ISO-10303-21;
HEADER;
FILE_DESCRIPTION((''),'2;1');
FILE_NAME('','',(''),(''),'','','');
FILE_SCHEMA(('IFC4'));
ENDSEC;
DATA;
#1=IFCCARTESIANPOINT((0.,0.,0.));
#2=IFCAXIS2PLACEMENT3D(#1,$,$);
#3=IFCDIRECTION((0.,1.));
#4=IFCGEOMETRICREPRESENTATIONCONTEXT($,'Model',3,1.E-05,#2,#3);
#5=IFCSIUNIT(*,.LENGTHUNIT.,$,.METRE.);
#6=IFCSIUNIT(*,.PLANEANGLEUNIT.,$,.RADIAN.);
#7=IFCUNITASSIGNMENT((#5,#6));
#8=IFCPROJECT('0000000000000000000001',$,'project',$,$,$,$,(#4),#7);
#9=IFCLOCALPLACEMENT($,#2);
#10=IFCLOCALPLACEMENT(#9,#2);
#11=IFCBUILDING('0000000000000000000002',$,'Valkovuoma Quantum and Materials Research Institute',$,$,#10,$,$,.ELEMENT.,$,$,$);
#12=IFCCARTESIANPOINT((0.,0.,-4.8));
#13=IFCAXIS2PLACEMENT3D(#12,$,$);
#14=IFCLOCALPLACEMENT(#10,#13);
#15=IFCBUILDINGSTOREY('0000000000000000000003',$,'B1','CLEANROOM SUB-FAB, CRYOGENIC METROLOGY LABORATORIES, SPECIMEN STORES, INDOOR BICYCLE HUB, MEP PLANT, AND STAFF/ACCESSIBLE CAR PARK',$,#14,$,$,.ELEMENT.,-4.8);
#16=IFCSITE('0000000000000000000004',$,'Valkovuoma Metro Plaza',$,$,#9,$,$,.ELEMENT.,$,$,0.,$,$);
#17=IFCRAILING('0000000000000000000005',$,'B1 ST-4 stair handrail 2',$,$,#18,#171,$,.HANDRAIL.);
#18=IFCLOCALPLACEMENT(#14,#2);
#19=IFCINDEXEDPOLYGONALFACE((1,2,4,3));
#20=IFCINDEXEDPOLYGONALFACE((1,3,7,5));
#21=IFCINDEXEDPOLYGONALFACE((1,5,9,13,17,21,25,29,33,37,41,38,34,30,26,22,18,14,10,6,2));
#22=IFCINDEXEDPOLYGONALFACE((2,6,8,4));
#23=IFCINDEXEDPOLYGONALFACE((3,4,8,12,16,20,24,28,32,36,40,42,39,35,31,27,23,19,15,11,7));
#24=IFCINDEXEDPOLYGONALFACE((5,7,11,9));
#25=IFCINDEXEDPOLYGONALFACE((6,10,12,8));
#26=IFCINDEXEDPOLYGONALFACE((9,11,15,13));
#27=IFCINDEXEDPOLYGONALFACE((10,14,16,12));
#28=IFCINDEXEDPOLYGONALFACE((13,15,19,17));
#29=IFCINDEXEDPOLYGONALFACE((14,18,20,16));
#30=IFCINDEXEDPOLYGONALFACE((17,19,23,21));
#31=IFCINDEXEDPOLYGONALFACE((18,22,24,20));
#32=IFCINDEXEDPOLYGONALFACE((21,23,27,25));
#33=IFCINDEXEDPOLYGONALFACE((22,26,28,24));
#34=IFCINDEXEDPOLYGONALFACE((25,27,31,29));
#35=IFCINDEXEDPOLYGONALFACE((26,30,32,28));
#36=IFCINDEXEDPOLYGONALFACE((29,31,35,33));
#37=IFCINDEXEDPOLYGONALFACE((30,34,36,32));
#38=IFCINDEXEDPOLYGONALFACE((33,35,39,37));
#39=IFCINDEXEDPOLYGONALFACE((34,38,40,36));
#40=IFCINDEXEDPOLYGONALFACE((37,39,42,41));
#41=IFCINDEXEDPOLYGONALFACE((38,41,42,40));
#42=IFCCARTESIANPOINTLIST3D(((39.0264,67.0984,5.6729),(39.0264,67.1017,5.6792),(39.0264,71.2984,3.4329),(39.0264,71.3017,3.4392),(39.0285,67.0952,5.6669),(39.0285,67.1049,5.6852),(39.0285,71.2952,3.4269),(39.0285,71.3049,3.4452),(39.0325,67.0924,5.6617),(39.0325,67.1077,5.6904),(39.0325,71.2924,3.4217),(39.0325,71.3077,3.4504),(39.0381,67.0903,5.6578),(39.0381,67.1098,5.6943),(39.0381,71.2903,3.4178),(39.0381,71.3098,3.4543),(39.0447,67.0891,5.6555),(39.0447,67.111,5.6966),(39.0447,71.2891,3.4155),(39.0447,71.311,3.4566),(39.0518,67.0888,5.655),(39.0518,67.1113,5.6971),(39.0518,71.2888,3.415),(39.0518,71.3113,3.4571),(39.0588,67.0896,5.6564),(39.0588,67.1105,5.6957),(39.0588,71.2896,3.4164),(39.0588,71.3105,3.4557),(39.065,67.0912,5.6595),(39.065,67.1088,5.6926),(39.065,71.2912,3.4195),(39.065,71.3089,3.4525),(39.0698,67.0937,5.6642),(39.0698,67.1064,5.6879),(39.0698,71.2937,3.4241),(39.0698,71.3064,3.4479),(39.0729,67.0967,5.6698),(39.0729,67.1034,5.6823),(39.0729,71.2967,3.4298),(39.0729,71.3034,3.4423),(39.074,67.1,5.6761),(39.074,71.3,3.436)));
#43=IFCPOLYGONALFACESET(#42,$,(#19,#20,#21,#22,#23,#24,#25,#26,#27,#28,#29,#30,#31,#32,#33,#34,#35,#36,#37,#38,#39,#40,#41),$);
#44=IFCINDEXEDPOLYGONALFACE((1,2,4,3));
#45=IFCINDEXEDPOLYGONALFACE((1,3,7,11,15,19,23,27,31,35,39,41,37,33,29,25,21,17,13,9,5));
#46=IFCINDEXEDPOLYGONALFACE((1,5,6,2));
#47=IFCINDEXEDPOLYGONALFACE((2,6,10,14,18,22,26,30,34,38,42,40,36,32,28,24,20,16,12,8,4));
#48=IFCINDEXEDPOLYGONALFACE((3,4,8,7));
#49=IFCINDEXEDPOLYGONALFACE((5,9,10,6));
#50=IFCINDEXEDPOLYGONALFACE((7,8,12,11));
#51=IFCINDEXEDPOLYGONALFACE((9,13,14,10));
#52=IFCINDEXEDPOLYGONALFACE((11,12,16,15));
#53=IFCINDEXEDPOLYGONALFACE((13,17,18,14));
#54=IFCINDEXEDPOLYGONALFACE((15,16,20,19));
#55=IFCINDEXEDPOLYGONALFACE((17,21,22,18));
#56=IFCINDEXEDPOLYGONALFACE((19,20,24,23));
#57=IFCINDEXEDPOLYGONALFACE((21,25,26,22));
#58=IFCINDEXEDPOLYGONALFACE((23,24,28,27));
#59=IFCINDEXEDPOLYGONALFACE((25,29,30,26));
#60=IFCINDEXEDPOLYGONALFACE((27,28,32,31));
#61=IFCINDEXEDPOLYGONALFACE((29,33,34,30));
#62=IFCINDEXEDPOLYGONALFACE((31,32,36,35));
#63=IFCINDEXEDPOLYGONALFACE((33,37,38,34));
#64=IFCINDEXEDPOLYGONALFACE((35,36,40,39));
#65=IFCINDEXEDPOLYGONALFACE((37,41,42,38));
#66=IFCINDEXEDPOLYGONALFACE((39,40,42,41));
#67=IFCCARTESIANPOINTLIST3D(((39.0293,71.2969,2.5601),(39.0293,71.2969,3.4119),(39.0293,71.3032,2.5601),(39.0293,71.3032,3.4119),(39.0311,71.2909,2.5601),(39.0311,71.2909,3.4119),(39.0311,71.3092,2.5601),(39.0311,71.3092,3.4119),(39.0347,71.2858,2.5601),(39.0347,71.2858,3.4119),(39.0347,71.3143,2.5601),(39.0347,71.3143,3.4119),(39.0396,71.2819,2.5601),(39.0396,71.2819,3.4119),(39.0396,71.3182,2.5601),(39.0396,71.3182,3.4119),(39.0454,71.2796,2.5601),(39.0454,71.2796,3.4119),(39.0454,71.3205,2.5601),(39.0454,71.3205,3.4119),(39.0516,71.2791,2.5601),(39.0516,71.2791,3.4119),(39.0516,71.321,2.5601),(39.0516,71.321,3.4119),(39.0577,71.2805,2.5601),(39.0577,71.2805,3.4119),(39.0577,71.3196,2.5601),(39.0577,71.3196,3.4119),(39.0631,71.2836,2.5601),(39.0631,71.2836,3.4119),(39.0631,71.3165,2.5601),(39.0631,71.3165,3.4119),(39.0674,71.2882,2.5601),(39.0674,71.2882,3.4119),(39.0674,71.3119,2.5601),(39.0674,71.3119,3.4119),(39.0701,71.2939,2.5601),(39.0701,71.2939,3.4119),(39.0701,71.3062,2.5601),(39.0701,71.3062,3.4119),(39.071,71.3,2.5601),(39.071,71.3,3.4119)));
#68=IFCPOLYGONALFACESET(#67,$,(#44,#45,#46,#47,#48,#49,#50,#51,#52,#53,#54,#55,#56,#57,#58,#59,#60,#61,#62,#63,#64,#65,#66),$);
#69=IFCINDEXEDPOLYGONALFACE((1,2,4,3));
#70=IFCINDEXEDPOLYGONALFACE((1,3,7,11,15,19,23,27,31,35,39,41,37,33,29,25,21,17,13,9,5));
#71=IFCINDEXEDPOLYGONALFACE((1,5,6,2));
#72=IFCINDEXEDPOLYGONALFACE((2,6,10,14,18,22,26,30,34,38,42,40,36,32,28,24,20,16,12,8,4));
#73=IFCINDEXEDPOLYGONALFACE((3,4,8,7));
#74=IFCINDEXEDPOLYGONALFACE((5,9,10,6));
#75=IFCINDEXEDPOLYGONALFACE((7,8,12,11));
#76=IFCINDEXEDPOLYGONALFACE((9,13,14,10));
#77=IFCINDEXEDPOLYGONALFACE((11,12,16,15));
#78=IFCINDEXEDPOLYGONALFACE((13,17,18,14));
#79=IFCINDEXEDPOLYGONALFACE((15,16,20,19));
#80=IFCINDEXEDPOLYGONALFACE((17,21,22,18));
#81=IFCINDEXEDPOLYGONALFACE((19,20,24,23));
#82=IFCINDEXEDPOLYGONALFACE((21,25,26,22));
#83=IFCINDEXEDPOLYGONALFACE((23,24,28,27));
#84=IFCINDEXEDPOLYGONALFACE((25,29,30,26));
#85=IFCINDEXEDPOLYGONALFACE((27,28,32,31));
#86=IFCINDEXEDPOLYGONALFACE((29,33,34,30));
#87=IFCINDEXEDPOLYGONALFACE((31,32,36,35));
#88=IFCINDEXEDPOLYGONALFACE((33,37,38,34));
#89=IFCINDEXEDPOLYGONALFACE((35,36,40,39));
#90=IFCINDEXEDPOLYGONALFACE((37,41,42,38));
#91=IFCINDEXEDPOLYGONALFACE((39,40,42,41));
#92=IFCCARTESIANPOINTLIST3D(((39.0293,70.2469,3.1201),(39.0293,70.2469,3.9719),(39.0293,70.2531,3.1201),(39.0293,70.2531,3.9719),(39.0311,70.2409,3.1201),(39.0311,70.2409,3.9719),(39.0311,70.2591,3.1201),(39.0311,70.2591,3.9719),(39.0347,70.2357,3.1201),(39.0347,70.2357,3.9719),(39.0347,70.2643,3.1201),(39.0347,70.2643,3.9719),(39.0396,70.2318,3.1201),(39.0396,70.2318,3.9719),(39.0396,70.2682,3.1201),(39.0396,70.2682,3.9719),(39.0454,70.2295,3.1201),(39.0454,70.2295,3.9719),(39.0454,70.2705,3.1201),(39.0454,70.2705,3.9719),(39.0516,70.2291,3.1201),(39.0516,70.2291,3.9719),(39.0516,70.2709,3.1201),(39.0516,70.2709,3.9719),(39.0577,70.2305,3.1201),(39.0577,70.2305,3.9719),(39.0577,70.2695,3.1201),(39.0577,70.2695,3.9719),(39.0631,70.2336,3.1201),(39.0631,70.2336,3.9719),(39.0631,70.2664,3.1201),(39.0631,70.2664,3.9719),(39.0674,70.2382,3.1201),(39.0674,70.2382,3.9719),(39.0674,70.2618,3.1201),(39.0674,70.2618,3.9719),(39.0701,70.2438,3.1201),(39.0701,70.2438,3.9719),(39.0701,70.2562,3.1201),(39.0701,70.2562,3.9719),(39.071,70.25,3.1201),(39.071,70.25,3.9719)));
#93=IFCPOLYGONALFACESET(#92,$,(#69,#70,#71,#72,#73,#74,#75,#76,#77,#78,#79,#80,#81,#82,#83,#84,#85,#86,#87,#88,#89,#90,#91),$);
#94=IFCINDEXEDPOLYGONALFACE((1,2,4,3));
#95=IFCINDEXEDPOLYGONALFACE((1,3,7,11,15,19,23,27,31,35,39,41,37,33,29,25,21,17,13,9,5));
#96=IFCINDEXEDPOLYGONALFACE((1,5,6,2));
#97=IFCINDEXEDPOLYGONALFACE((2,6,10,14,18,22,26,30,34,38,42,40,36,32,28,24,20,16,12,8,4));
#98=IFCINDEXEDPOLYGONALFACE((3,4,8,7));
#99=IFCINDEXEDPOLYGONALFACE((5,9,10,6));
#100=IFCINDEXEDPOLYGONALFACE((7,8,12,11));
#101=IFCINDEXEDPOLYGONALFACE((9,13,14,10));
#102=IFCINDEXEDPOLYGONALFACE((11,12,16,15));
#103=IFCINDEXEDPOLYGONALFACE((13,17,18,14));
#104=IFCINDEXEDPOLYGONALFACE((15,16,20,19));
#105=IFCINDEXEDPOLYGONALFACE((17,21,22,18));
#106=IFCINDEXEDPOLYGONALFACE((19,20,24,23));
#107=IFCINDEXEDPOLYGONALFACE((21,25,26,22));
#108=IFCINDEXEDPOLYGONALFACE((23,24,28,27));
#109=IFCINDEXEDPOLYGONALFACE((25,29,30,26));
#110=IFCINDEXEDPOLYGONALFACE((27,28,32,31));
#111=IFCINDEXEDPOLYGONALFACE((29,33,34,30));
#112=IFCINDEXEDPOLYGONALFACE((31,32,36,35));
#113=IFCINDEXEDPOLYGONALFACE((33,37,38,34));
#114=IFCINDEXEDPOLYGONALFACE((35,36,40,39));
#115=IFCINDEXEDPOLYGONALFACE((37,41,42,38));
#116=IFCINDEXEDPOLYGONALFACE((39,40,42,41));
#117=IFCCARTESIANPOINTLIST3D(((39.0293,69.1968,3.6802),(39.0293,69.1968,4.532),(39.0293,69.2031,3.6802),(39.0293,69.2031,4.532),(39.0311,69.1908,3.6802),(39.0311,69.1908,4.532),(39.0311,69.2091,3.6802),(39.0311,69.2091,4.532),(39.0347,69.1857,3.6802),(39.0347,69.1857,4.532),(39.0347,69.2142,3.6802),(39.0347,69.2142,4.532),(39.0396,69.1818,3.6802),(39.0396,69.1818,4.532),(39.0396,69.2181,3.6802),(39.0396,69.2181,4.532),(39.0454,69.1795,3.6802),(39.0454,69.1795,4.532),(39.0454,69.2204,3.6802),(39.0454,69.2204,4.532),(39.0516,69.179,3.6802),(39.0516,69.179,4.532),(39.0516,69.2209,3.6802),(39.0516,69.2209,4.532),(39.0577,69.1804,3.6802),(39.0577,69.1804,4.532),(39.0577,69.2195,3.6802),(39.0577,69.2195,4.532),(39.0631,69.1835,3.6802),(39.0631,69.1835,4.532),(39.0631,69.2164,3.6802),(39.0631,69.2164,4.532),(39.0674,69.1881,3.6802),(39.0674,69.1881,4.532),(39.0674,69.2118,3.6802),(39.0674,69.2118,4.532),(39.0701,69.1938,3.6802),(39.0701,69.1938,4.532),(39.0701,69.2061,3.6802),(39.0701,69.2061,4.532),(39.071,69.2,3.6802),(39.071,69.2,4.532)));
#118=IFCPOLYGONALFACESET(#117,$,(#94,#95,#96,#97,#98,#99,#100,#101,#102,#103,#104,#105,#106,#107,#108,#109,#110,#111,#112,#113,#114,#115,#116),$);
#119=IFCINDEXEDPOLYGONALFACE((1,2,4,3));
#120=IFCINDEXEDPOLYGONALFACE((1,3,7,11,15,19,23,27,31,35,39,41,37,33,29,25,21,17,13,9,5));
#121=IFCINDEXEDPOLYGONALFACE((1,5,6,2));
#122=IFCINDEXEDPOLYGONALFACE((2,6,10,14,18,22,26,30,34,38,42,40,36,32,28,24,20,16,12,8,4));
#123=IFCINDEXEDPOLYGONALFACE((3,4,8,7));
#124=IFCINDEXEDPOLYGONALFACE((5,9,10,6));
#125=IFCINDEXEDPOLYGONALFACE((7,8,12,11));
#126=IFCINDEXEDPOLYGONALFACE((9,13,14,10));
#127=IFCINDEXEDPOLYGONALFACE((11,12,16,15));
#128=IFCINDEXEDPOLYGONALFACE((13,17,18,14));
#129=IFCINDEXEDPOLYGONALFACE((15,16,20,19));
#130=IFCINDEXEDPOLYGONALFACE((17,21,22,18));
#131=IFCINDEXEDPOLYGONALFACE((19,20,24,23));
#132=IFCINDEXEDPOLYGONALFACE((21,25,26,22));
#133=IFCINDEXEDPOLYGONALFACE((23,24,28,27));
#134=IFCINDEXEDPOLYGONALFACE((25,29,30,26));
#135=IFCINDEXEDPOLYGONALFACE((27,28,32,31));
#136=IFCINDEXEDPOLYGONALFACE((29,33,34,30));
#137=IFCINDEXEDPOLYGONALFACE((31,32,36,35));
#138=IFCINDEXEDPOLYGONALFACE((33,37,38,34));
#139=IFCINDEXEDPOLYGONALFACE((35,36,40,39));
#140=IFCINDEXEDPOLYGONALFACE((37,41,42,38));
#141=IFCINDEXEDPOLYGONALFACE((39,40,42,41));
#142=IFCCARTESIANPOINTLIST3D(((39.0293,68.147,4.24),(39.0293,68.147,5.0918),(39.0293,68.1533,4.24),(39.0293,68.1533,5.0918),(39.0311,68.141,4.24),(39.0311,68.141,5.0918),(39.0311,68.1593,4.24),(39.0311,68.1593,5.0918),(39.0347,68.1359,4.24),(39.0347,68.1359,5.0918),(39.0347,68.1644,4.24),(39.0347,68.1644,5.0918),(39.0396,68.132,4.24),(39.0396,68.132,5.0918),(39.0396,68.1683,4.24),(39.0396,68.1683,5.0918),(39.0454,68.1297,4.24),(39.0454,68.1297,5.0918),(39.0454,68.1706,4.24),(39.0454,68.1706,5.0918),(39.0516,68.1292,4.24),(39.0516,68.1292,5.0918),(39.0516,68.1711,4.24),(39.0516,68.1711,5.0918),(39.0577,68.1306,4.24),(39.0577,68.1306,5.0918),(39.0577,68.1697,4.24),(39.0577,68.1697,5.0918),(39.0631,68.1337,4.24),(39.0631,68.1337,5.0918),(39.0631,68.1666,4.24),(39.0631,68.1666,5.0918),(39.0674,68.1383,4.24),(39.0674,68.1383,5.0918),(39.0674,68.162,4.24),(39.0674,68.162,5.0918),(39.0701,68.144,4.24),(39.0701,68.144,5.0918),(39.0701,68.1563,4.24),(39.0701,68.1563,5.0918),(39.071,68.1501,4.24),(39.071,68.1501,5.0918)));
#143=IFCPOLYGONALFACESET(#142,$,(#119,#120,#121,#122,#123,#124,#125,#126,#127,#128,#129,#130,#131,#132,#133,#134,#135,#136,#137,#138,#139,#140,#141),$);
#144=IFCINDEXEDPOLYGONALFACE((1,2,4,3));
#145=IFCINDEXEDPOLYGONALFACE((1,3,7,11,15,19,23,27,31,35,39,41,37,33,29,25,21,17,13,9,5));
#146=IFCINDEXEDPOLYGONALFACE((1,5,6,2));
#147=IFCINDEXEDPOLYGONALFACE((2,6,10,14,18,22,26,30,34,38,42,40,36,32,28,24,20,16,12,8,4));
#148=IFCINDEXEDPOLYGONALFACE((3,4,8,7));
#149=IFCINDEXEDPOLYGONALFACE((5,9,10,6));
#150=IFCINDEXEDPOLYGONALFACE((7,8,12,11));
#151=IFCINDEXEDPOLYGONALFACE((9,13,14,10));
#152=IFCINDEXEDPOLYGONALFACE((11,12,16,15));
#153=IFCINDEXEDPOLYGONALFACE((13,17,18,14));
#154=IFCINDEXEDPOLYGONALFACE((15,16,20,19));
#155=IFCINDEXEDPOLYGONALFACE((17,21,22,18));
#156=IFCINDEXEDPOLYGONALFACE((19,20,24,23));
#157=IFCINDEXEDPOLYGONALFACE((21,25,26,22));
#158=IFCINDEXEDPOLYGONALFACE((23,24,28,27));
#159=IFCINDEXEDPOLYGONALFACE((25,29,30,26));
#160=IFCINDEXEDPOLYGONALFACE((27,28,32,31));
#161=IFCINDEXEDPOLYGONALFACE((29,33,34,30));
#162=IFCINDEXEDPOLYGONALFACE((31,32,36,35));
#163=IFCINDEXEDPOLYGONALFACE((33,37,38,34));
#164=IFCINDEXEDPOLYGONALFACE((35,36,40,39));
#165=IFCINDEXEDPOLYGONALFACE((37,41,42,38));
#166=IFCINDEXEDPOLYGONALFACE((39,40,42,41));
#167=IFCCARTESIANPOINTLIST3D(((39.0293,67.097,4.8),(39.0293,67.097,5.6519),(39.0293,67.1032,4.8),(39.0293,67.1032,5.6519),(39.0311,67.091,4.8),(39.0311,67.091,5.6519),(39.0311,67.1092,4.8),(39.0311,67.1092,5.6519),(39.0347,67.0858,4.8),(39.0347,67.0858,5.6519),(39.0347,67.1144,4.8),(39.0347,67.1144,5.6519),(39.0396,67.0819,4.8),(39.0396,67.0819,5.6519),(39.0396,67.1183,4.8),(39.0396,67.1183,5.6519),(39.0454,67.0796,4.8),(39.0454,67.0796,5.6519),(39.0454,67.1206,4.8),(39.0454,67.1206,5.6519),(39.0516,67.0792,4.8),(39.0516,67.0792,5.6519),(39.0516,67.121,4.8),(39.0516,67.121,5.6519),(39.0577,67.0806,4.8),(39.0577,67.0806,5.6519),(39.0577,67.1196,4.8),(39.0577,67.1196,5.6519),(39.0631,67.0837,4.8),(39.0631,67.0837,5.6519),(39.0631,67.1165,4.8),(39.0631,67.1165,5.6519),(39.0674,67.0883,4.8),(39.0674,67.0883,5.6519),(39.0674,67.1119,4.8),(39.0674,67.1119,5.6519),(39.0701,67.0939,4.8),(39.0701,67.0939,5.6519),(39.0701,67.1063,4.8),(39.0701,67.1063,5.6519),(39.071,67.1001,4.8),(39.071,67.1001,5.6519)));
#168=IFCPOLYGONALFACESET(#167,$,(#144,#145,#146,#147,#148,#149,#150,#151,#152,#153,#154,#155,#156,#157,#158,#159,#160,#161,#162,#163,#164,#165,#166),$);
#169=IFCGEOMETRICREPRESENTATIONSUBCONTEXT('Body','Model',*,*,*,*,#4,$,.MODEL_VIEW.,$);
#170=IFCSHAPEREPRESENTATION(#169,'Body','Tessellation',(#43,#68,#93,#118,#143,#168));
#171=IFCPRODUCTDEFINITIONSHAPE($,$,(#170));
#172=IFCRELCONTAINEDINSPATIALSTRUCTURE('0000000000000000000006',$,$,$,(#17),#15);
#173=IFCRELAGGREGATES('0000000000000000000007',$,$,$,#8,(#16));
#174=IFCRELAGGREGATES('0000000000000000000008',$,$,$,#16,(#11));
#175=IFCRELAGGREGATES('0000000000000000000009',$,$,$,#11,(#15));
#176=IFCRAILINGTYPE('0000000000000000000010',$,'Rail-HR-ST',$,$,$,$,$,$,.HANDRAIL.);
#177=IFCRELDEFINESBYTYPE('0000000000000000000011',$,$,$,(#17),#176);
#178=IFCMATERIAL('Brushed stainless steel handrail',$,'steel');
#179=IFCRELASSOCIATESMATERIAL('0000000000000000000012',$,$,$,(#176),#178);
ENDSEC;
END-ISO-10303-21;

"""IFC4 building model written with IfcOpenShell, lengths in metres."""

from ifc_helpers import new_model, si_unit, direction, frame, origin, origin_2d, place, context, subcontext, project, spatial, circle, extrude, material, type_object, element, save


model = new_model("IFC4")

# Units and contexts
model_context = context("Model", 3, precision=1e-05, world=origin(), true_north=direction((0.0, 1.0)))
body_context = subcontext(model_context, "Body", "Model", "MODEL_VIEW")
ifc_project = project(units=[si_unit("LENGTHUNIT", "METRE"), si_unit("PLANEANGLEUNIT", "RADIAN")], contexts=[model_context])

# Site, building, storey
site_placement = place(None, origin())
site = spatial("IfcSite", under=ifc_project, at=site_placement, Name="Valkovuoma Metro Plaza", CompositionType="ELEMENT", RefElevation=0.0)
building_placement = place(site_placement, origin())
building = spatial("IfcBuilding", under=site, at=building_placement, Name="Valkovuoma Quantum and Materials Research Institute", CompositionType="ELEMENT")
storey_placement = place(building_placement, frame((0.0, 0.0, -4.8)))
storey = spatial("IfcBuildingStorey", under=building, at=storey_placement, Name="B1", Description="CLEANROOM SUB-FAB, CRYOGENIC METROLOGY LABORATORIES, SPECIMEN STORES, INDOOR BICYCLE HUB, MEP PLANT, AND STAFF/ACCESSIBLE CAR PARK", CompositionType="ELEMENT", Elevation=-4.8)

# Railing
ifc_material_1 = material(Name="Brushed stainless steel handrail", Category="steel")
railing_type_1 = type_object("IfcRailingType", Name="Rail-HR-ST", PredefinedType="HANDRAIL", material=ifc_material_1)
railing_1_placement = place(storey_placement, frame((39.05, 71.3, 2.5601)))
element("IfcRailing", 1, at=railing_1_placement, inside=storey, type_object=railing_type_1, Name="B1 ST-4 stair handrail 2", PredefinedType="HANDRAIL", context=body_context, shape_type="SweptSolid", body=[
    extrude(circle(Radius=0.0239, at=origin_2d()), frame((0.0, 0.0, 0.876), z_axis=(0.0, -0.882352, 0.470591), x_axis=(1.0, 0.0, 0.0)), (0.0, 0.0, 1.0), 4.76),
    extrude(circle(Radius=0.021, at=origin_2d()), origin(), (0.0, 0.0, 1.0), 0.8518),
    extrude(circle(Radius=0.021, at=origin_2d()), frame((0.0, -1.05, 0.5601)), (0.0, 0.0, 1.0), 0.8518),
    extrude(circle(Radius=0.021, at=origin_2d()), frame((0.0, -2.1001, 1.1201)), (0.0, 0.0, 1.0), 0.8518),
    extrude(circle(Radius=0.021, at=origin_2d()), frame((0.0, -3.1499, 1.6799)), (0.0, 0.0, 1.0), 0.8518),
    extrude(circle(Radius=0.021, at=origin_2d()), frame((0.0, -4.2, 2.24)), (0.0, 0.0, 1.0), 0.8518),
])

save(model, "model.ifc")
